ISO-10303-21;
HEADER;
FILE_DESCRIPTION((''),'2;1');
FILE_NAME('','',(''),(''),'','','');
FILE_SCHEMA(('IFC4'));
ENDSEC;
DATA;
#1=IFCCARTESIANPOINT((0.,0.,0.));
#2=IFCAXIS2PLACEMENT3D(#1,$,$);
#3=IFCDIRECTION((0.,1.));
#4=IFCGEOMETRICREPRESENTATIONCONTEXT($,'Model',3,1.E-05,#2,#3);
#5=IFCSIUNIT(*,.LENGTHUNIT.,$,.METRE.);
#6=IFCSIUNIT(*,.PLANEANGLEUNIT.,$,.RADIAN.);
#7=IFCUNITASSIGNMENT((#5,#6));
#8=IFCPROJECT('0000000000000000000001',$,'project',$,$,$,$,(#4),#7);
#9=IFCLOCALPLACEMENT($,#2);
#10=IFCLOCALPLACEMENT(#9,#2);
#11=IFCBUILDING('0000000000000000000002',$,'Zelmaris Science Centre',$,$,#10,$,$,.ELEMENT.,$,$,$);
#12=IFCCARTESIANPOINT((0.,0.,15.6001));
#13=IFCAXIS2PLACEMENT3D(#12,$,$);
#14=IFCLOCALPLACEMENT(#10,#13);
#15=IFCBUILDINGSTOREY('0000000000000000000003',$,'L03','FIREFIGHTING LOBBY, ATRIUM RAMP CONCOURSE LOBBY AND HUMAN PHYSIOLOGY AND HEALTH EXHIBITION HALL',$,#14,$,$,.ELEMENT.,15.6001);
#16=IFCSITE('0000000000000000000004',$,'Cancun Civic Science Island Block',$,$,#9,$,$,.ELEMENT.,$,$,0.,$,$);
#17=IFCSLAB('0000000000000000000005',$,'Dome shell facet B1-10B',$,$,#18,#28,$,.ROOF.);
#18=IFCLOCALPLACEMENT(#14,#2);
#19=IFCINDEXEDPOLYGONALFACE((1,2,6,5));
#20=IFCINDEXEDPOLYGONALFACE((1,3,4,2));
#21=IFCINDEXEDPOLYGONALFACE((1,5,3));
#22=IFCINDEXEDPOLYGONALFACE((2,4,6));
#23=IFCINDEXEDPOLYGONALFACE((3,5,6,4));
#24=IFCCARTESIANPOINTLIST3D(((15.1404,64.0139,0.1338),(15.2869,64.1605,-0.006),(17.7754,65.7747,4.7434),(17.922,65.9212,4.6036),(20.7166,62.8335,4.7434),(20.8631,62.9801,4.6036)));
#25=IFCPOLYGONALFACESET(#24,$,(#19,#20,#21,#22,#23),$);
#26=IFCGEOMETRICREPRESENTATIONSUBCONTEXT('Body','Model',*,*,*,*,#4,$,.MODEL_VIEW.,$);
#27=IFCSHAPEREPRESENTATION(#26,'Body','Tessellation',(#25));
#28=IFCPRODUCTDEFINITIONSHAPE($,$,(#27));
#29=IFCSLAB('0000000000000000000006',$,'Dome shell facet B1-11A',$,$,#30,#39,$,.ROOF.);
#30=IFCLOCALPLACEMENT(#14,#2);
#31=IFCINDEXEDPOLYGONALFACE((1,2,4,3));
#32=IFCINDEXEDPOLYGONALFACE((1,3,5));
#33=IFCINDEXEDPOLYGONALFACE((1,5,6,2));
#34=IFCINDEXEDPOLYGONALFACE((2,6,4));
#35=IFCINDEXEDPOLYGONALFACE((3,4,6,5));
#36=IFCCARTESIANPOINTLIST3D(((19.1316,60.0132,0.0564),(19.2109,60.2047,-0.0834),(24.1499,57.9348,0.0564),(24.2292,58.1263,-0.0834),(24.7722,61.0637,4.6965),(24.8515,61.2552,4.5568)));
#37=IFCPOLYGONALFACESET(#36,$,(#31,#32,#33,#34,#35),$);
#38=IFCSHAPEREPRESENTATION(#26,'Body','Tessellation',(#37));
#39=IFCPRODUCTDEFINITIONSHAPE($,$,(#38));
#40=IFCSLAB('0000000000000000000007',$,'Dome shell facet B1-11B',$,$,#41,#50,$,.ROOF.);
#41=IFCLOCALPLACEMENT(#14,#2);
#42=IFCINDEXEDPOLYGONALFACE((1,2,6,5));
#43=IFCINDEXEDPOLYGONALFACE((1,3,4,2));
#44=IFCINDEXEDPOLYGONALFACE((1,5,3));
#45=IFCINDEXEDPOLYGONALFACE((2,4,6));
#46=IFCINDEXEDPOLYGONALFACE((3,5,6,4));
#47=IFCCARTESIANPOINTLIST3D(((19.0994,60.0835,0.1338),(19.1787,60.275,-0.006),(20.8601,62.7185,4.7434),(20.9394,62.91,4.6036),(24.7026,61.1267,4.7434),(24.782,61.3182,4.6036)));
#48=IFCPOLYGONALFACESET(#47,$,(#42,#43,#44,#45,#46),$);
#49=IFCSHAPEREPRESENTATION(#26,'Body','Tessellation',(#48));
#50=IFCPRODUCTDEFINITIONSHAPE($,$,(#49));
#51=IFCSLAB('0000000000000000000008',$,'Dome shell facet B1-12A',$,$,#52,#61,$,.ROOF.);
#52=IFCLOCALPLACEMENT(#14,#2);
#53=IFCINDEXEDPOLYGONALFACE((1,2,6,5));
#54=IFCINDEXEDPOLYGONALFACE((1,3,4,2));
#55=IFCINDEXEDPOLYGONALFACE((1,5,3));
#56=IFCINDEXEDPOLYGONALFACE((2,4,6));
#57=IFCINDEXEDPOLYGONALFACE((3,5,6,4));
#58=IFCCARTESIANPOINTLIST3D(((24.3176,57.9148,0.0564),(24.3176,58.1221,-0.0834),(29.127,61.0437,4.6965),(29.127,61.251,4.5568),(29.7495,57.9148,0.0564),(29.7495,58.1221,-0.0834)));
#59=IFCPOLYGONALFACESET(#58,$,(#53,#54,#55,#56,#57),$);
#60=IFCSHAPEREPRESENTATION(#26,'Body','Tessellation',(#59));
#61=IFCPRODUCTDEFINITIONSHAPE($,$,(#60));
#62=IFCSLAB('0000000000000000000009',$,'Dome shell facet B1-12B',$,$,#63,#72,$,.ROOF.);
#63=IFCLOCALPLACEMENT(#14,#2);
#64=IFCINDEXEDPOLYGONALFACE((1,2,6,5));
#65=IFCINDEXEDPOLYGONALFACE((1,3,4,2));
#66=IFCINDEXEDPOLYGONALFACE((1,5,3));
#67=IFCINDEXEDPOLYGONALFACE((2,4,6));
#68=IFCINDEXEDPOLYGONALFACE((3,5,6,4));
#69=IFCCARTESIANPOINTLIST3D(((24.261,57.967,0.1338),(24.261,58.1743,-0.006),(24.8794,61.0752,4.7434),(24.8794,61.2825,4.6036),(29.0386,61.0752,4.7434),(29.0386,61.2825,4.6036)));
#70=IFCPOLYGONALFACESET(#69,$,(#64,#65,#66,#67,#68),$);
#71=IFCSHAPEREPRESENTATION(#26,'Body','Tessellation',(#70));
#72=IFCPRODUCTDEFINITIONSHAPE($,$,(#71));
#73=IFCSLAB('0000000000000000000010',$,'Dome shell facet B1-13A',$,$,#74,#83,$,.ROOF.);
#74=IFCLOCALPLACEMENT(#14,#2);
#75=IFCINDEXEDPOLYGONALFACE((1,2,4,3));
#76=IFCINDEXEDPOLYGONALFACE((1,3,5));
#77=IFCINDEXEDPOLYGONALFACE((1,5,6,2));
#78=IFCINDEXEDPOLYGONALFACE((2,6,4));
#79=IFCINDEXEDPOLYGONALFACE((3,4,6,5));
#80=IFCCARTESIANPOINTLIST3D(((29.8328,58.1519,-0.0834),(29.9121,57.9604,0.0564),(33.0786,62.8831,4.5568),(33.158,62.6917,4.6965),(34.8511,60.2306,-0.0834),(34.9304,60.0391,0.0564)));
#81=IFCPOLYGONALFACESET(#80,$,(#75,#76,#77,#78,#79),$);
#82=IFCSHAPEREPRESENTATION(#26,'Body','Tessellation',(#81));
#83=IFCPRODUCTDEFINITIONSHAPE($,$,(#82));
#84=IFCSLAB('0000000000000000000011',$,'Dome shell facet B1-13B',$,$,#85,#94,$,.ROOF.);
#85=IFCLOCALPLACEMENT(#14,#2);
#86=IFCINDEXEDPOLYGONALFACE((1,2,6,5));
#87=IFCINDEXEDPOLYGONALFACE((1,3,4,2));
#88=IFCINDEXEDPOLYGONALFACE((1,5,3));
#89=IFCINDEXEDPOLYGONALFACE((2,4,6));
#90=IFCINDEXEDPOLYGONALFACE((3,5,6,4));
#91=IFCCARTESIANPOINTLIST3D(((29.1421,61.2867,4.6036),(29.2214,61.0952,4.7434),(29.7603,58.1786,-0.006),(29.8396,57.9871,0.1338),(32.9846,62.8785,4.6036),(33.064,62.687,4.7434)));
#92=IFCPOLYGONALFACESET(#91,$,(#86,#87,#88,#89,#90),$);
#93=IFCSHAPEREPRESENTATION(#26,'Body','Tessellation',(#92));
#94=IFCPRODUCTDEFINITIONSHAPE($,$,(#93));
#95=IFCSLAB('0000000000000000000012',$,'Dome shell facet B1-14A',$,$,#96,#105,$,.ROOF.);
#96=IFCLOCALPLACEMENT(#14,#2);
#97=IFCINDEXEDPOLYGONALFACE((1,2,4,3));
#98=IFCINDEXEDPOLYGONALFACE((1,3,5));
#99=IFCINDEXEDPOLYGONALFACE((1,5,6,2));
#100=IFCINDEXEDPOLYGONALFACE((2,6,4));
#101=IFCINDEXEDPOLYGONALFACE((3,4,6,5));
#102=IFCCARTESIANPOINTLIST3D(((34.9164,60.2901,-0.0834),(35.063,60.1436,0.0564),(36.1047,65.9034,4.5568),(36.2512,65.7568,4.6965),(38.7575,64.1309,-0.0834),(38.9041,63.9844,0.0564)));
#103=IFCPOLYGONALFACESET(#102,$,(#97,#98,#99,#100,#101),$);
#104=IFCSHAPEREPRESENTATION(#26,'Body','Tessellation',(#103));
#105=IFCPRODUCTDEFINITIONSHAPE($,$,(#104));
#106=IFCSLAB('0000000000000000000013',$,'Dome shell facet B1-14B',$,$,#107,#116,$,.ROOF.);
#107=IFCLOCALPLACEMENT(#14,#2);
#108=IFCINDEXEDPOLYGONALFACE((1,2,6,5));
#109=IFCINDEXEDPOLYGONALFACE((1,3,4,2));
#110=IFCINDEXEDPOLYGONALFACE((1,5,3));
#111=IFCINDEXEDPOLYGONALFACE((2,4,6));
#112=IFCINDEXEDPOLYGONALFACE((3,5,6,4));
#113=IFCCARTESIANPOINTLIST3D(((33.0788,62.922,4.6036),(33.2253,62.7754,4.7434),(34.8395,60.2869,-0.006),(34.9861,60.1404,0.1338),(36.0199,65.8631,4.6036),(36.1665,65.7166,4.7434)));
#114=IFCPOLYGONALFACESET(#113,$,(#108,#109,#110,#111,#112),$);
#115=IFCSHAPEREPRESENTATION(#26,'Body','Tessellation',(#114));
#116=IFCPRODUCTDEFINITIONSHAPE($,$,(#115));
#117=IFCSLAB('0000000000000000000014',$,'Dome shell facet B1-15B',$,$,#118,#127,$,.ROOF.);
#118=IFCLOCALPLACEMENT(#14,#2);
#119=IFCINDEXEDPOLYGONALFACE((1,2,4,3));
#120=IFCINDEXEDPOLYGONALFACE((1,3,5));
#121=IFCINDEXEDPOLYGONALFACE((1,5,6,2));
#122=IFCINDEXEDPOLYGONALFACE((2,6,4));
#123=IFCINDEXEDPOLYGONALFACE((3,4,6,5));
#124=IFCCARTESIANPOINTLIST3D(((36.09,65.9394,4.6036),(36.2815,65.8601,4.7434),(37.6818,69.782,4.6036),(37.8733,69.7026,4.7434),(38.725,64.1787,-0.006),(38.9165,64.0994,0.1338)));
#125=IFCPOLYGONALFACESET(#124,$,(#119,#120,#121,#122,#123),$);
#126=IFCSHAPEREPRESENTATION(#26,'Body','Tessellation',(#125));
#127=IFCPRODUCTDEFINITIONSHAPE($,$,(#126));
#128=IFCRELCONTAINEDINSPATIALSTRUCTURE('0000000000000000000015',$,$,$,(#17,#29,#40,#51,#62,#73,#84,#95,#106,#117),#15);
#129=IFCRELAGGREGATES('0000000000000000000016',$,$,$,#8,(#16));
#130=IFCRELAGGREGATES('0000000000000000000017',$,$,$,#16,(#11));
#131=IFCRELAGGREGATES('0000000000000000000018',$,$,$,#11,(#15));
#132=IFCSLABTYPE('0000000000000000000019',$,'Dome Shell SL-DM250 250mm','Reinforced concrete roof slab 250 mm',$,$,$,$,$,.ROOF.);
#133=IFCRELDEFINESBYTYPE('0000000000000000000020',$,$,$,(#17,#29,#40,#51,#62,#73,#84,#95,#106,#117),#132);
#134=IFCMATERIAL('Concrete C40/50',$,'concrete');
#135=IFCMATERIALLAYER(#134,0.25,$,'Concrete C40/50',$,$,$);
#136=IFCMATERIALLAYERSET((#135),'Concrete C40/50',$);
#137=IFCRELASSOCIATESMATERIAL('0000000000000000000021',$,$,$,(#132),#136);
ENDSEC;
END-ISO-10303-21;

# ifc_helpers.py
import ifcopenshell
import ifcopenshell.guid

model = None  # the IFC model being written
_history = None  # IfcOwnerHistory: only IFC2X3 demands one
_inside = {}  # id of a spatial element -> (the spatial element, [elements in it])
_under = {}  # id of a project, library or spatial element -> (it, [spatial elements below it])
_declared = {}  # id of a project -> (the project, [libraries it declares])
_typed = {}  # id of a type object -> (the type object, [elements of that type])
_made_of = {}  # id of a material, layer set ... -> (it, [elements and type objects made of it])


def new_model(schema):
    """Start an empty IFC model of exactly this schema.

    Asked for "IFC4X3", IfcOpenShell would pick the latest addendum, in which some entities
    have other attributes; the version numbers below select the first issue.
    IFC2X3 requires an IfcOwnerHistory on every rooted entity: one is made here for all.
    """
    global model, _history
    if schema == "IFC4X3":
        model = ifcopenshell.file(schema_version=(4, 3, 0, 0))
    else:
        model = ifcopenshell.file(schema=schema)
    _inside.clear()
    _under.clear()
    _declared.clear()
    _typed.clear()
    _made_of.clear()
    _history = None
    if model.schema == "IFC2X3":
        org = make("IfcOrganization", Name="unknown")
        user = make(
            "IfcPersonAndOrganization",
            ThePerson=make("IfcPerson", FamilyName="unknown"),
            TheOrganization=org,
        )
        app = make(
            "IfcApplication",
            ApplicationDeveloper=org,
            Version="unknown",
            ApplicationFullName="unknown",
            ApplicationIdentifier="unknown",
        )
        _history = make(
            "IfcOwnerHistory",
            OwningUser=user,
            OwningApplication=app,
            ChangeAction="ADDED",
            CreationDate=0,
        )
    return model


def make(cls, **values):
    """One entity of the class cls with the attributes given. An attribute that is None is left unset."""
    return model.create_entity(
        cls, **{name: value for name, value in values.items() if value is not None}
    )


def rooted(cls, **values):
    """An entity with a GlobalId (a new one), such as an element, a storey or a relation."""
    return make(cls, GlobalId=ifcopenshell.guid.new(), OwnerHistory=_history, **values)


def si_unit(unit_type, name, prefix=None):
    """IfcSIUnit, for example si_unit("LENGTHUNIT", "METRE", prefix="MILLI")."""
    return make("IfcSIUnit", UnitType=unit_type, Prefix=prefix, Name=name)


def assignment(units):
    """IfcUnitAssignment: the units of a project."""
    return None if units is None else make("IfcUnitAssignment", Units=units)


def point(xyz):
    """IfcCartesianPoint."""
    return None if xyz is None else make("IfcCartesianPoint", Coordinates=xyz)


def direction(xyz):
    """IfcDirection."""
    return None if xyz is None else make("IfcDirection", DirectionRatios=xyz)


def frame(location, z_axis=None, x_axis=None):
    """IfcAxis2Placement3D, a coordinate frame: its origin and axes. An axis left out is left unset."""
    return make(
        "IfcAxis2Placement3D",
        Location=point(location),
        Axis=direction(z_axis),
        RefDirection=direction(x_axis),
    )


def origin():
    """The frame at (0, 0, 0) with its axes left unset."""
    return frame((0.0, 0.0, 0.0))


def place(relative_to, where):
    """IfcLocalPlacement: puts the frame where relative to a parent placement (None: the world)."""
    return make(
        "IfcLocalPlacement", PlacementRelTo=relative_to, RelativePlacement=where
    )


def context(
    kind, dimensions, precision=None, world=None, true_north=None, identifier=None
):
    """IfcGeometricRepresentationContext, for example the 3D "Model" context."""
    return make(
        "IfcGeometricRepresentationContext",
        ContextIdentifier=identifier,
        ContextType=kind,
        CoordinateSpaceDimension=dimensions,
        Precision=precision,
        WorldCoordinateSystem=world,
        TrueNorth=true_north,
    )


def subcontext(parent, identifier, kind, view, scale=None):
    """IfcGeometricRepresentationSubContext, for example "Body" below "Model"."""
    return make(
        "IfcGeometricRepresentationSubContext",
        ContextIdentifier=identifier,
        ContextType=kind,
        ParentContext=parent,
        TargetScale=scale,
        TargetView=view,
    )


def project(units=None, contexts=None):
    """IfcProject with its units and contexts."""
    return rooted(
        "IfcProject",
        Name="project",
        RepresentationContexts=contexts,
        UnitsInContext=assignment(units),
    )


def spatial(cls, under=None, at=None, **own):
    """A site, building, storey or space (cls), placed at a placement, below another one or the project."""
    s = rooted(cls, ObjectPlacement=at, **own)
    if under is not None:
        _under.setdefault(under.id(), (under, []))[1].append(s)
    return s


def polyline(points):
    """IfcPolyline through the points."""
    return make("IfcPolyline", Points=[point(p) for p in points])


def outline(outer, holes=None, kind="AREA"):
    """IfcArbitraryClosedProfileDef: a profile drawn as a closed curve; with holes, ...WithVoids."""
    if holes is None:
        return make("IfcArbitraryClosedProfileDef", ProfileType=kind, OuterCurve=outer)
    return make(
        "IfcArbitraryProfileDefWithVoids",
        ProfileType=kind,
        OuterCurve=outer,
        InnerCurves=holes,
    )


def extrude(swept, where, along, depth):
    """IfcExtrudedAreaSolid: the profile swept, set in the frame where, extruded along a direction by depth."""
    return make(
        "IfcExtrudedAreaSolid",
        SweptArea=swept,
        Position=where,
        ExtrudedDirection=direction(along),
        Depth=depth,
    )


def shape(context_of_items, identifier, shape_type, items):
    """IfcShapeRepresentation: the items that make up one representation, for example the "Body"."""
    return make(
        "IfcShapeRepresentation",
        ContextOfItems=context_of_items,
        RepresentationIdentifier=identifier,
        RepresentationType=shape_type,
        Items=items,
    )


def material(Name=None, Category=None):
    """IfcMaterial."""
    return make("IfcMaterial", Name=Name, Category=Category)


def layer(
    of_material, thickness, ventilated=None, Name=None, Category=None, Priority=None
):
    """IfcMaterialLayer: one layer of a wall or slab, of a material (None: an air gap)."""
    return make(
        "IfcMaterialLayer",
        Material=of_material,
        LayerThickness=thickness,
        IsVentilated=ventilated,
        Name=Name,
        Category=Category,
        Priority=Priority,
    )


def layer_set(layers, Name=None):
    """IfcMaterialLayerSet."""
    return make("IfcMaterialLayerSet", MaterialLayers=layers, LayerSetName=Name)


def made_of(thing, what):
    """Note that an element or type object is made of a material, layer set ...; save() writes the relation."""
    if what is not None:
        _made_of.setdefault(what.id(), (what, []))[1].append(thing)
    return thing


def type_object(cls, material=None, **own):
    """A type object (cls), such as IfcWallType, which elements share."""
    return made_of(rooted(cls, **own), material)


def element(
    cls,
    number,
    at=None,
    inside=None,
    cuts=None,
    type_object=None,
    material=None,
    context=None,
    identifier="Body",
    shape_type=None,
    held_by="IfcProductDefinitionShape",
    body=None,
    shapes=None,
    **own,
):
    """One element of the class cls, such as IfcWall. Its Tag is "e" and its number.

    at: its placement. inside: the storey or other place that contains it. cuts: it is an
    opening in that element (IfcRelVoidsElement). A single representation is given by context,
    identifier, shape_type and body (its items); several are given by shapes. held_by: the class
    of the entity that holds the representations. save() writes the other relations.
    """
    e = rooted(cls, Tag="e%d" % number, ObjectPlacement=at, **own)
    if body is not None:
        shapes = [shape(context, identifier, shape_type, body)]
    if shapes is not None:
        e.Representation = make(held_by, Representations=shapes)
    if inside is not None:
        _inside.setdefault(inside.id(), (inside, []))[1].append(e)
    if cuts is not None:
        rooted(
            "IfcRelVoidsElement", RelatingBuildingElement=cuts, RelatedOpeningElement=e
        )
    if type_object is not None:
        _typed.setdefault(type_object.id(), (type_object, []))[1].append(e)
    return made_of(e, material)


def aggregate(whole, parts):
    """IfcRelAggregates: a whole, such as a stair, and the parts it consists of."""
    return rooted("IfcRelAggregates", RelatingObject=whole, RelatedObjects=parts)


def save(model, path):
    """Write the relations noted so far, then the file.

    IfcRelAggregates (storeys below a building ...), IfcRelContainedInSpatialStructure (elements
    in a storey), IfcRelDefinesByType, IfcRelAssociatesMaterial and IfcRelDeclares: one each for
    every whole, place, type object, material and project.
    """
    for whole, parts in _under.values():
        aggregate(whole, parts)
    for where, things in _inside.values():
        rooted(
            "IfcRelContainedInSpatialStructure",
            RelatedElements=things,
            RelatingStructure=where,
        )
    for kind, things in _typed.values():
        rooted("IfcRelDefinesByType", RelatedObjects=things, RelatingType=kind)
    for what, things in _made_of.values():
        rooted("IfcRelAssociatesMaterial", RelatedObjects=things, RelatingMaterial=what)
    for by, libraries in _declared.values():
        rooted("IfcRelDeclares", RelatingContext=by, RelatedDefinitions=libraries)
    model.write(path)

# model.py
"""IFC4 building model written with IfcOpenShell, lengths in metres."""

from ifc_helpers import new_model, si_unit, direction, frame, origin, place, context, subcontext, project, spatial, polyline, outline, extrude, material, layer, layer_set, type_object, element, save


model = new_model("IFC4")

# Units and contexts
model_context = context("Model", 3, precision=1e-05, world=origin(), true_north=direction((0.0, 1.0)))
body_context = subcontext(model_context, "Body", "Model", "MODEL_VIEW")
ifc_project = project(units=[si_unit("LENGTHUNIT", "METRE"), si_unit("PLANEANGLEUNIT", "RADIAN")], contexts=[model_context])

# Site, building, storey
site_placement = place(None, origin())
site = spatial("IfcSite", under=ifc_project, at=site_placement, Name="Cancun Civic Science Island Block", CompositionType="ELEMENT", RefElevation=0.0)
building_placement = place(site_placement, origin())
building = spatial("IfcBuilding", under=site, at=building_placement, Name="Zelmaris Science Centre", CompositionType="ELEMENT")
storey_placement = place(building_placement, frame((0.0, 0.0, 15.6001)))
storey = spatial("IfcBuildingStorey", under=building, at=storey_placement, Name="L03", Description="FIREFIGHTING LOBBY, ATRIUM RAMP CONCOURSE LOBBY AND HUMAN PHYSIOLOGY AND HEALTH EXHIBITION HALL", CompositionType="ELEMENT", Elevation=15.6001)

# Shared definitions
ifc_material_1 = material(Name="Concrete C40/50", Category="concrete")

# Slabs
ifc_layer = layer(ifc_material_1, 0.25, Name="Concrete C40/50")
ifc_layer_set = layer_set([ifc_layer], Name="Concrete C40/50")
slab_type = type_object("IfcSlabType", Name="Dome Shell SL-DM250 250mm", Description="Reinforced concrete roof slab 250 mm", PredefinedType="ROOF", material=ifc_layer_set)
slab_1_placement = place(storey_placement, frame((15.1404, 64.0139, 0.1338), z_axis=(-0.586275, -0.586275, 0.559074), x_axis=(0.760685, -0.161029, 0.628831)))
element("IfcSlab", 1, at=slab_1_placement, inside=storey, type_object=slab_type, Name="Dome shell facet B1-10B", PredefinedType="ROOF", context=body_context, shape_type="SweptSolid", body=[
    extrude(outline(polyline([(0.0, 0.0), (7.3305, 0.0), (4.6196, 3.1547), (0.0, 0.0)])), origin(), (0.0, 0.0, -1.0), 0.25),
])
slab_2_placement = place(storey_placement, frame((19.1316, 60.0132, 0.0564), z_axis=(-0.317251, -0.766015, 0.559082), x_axis=(0.923898, -0.382639, 0.0)))
element("IfcSlab", 2, at=slab_2_placement, inside=storey, type_object=slab_type, Name="Dome shell facet B1-11A", PredefinedType="ROOF", context=body_context, shape_type="SweptSolid", body=[
    extrude(outline(polyline([(0.0, 0.0), (5.4317, 0.0), (4.8094, 5.5965), (0.0, 0.0)])), origin(), (0.0, 0.0, -1.0), 0.25),
])
slab_3_placement = place(storey_placement, frame((19.0994, 60.0835, 0.1338), z_axis=(-0.317319, -0.765993, 0.559074), x_axis=(0.764397, 0.142315, 0.628843)))
element("IfcSlab", 3, at=slab_3_placement, inside=storey, type_object=slab_type, Name="Dome shell facet B1-11B", PredefinedType="ROOF", context=body_context, shape_type="SweptSolid", body=[
    extrude(outline(polyline([(0.0, 0.0), (7.3303, 0.0), (4.6196, 3.1545), (0.0, 0.0)])), origin(), (0.0, 0.0, -1.0), 0.25),
])
slab_4_placement = place(storey_placement, frame((24.3176, 57.9148, 0.0564), z_axis=(0.0, -0.829113, 0.559082), x_axis=(1.0, 0.0, 0.0)))
element("IfcSlab", 4, at=slab_4_placement, inside=storey, type_object=slab_type, Name="Dome shell facet B1-12A", PredefinedType="ROOF", context=body_context, shape_type="SweptSolid", body=[
    extrude(outline(polyline([(0.0, 0.0), (5.4319, 0.0), (4.8093, 5.5965), (0.0, 0.0)])), origin(), (0.0, 0.0, -1.0), 0.25),
])
slab_5_placement = place(storey_placement, frame((24.261, 57.967, 0.1338), z_axis=(0.0, -0.829127, 0.55906), x_axis=(0.651751, 0.42401, 0.628837)))
element("IfcSlab", 5, at=slab_5_placement, inside=storey, type_object=slab_type, Name="Dome shell facet B1-12B", PredefinedType="ROOF", context=body_context, shape_type="SweptSolid", body=[
    extrude(outline(polyline([(0.0, 0.0), (7.3304, 0.0), (4.6196, 3.1545), (0.0, 0.0)])), origin(), (0.0, 0.0, -1.0), 0.25),
])
slab_6_placement = place(storey_placement, frame((29.9121, 57.9604, 0.0564), z_axis=(0.317281, -0.765998, 0.559088), x_axis=(0.923882, 0.382677, 0.0)))
element("IfcSlab", 6, at=slab_6_placement, inside=storey, type_object=slab_type, Name="Dome shell facet B1-13A", PredefinedType="ROOF", context=body_context, shape_type="SweptSolid", body=[
    extrude(outline(polyline([(0.0, 0.0), (5.4318, 0.0), (4.8093, 5.5965), (0.0, 0.0)])), origin(), (0.0, 0.0, -1.0), 0.25),
])
slab_7_placement = place(storey_placement, frame((29.8396, 57.9871, 0.1338), z_axis=(0.317324, -0.766006, 0.559053), x_axis=(0.439863, 0.64116, 0.628837)))
element("IfcSlab", 7, at=slab_7_placement, inside=storey, type_object=slab_type, Name="Dome shell facet B1-13B", PredefinedType="ROOF", context=body_context, shape_type="SweptSolid", body=[
    extrude(outline(polyline([(0.0, 0.0), (7.3304, 0.0), (4.6196, 3.1544), (0.0, 0.0)])), origin(), (0.0, 0.0, -1.0), 0.25),
])
slab_8_placement = place(storey_placement, frame((35.063, 60.1436, 0.0564), z_axis=(0.586239, -0.586276, 0.55911), x_axis=(0.707129, 0.707084, 0.0)))
element("IfcSlab", 8, at=slab_8_placement, inside=storey, type_object=slab_type, Name="Dome shell facet B1-14A", PredefinedType="ROOF", context=body_context, shape_type="SweptSolid", body=[
    extrude(outline(polyline([(0.0, 0.0), (5.4319, 0.0), (4.8093, 5.5966), (0.0, 0.0)])), origin(), (0.0, 0.0, -1.0), 0.25),
])
slab_9_placement = place(storey_placement, frame((34.9861, 60.1404, 0.1338), z_axis=(0.586275, -0.586275, 0.559074), x_axis=(0.161029, 0.760685, 0.628831)))
element("IfcSlab", 9, at=slab_9_placement, inside=storey, type_object=slab_type, Name="Dome shell facet B1-14B", PredefinedType="ROOF", context=body_context, shape_type="SweptSolid", body=[
    extrude(outline(polyline([(0.0, 0.0), (7.3305, 0.0), (4.6196, 3.1547), (0.0, 0.0)])), origin(), (0.0, 0.0, -1.0), 0.25),
])
slab_10_placement = place(storey_placement, frame((38.9165, 64.0994, 0.1338), z_axis=(0.765993, -0.317319, 0.559074), x_axis=(-0.142315, 0.764397, 0.628843)))
element("IfcSlab", 10, at=slab_10_placement, inside=storey, type_object=slab_type, Name="Dome shell facet B1-15B", PredefinedType="ROOF", context=body_context, shape_type="SweptSolid", body=[
    extrude(outline(polyline([(0.0, 0.0), (7.3303, 0.0), (4.6196, 3.1545), (0.0, 0.0)])), origin(), (0.0, 0.0, -1.0), 0.25),
])

save(model, "model.ifc")
